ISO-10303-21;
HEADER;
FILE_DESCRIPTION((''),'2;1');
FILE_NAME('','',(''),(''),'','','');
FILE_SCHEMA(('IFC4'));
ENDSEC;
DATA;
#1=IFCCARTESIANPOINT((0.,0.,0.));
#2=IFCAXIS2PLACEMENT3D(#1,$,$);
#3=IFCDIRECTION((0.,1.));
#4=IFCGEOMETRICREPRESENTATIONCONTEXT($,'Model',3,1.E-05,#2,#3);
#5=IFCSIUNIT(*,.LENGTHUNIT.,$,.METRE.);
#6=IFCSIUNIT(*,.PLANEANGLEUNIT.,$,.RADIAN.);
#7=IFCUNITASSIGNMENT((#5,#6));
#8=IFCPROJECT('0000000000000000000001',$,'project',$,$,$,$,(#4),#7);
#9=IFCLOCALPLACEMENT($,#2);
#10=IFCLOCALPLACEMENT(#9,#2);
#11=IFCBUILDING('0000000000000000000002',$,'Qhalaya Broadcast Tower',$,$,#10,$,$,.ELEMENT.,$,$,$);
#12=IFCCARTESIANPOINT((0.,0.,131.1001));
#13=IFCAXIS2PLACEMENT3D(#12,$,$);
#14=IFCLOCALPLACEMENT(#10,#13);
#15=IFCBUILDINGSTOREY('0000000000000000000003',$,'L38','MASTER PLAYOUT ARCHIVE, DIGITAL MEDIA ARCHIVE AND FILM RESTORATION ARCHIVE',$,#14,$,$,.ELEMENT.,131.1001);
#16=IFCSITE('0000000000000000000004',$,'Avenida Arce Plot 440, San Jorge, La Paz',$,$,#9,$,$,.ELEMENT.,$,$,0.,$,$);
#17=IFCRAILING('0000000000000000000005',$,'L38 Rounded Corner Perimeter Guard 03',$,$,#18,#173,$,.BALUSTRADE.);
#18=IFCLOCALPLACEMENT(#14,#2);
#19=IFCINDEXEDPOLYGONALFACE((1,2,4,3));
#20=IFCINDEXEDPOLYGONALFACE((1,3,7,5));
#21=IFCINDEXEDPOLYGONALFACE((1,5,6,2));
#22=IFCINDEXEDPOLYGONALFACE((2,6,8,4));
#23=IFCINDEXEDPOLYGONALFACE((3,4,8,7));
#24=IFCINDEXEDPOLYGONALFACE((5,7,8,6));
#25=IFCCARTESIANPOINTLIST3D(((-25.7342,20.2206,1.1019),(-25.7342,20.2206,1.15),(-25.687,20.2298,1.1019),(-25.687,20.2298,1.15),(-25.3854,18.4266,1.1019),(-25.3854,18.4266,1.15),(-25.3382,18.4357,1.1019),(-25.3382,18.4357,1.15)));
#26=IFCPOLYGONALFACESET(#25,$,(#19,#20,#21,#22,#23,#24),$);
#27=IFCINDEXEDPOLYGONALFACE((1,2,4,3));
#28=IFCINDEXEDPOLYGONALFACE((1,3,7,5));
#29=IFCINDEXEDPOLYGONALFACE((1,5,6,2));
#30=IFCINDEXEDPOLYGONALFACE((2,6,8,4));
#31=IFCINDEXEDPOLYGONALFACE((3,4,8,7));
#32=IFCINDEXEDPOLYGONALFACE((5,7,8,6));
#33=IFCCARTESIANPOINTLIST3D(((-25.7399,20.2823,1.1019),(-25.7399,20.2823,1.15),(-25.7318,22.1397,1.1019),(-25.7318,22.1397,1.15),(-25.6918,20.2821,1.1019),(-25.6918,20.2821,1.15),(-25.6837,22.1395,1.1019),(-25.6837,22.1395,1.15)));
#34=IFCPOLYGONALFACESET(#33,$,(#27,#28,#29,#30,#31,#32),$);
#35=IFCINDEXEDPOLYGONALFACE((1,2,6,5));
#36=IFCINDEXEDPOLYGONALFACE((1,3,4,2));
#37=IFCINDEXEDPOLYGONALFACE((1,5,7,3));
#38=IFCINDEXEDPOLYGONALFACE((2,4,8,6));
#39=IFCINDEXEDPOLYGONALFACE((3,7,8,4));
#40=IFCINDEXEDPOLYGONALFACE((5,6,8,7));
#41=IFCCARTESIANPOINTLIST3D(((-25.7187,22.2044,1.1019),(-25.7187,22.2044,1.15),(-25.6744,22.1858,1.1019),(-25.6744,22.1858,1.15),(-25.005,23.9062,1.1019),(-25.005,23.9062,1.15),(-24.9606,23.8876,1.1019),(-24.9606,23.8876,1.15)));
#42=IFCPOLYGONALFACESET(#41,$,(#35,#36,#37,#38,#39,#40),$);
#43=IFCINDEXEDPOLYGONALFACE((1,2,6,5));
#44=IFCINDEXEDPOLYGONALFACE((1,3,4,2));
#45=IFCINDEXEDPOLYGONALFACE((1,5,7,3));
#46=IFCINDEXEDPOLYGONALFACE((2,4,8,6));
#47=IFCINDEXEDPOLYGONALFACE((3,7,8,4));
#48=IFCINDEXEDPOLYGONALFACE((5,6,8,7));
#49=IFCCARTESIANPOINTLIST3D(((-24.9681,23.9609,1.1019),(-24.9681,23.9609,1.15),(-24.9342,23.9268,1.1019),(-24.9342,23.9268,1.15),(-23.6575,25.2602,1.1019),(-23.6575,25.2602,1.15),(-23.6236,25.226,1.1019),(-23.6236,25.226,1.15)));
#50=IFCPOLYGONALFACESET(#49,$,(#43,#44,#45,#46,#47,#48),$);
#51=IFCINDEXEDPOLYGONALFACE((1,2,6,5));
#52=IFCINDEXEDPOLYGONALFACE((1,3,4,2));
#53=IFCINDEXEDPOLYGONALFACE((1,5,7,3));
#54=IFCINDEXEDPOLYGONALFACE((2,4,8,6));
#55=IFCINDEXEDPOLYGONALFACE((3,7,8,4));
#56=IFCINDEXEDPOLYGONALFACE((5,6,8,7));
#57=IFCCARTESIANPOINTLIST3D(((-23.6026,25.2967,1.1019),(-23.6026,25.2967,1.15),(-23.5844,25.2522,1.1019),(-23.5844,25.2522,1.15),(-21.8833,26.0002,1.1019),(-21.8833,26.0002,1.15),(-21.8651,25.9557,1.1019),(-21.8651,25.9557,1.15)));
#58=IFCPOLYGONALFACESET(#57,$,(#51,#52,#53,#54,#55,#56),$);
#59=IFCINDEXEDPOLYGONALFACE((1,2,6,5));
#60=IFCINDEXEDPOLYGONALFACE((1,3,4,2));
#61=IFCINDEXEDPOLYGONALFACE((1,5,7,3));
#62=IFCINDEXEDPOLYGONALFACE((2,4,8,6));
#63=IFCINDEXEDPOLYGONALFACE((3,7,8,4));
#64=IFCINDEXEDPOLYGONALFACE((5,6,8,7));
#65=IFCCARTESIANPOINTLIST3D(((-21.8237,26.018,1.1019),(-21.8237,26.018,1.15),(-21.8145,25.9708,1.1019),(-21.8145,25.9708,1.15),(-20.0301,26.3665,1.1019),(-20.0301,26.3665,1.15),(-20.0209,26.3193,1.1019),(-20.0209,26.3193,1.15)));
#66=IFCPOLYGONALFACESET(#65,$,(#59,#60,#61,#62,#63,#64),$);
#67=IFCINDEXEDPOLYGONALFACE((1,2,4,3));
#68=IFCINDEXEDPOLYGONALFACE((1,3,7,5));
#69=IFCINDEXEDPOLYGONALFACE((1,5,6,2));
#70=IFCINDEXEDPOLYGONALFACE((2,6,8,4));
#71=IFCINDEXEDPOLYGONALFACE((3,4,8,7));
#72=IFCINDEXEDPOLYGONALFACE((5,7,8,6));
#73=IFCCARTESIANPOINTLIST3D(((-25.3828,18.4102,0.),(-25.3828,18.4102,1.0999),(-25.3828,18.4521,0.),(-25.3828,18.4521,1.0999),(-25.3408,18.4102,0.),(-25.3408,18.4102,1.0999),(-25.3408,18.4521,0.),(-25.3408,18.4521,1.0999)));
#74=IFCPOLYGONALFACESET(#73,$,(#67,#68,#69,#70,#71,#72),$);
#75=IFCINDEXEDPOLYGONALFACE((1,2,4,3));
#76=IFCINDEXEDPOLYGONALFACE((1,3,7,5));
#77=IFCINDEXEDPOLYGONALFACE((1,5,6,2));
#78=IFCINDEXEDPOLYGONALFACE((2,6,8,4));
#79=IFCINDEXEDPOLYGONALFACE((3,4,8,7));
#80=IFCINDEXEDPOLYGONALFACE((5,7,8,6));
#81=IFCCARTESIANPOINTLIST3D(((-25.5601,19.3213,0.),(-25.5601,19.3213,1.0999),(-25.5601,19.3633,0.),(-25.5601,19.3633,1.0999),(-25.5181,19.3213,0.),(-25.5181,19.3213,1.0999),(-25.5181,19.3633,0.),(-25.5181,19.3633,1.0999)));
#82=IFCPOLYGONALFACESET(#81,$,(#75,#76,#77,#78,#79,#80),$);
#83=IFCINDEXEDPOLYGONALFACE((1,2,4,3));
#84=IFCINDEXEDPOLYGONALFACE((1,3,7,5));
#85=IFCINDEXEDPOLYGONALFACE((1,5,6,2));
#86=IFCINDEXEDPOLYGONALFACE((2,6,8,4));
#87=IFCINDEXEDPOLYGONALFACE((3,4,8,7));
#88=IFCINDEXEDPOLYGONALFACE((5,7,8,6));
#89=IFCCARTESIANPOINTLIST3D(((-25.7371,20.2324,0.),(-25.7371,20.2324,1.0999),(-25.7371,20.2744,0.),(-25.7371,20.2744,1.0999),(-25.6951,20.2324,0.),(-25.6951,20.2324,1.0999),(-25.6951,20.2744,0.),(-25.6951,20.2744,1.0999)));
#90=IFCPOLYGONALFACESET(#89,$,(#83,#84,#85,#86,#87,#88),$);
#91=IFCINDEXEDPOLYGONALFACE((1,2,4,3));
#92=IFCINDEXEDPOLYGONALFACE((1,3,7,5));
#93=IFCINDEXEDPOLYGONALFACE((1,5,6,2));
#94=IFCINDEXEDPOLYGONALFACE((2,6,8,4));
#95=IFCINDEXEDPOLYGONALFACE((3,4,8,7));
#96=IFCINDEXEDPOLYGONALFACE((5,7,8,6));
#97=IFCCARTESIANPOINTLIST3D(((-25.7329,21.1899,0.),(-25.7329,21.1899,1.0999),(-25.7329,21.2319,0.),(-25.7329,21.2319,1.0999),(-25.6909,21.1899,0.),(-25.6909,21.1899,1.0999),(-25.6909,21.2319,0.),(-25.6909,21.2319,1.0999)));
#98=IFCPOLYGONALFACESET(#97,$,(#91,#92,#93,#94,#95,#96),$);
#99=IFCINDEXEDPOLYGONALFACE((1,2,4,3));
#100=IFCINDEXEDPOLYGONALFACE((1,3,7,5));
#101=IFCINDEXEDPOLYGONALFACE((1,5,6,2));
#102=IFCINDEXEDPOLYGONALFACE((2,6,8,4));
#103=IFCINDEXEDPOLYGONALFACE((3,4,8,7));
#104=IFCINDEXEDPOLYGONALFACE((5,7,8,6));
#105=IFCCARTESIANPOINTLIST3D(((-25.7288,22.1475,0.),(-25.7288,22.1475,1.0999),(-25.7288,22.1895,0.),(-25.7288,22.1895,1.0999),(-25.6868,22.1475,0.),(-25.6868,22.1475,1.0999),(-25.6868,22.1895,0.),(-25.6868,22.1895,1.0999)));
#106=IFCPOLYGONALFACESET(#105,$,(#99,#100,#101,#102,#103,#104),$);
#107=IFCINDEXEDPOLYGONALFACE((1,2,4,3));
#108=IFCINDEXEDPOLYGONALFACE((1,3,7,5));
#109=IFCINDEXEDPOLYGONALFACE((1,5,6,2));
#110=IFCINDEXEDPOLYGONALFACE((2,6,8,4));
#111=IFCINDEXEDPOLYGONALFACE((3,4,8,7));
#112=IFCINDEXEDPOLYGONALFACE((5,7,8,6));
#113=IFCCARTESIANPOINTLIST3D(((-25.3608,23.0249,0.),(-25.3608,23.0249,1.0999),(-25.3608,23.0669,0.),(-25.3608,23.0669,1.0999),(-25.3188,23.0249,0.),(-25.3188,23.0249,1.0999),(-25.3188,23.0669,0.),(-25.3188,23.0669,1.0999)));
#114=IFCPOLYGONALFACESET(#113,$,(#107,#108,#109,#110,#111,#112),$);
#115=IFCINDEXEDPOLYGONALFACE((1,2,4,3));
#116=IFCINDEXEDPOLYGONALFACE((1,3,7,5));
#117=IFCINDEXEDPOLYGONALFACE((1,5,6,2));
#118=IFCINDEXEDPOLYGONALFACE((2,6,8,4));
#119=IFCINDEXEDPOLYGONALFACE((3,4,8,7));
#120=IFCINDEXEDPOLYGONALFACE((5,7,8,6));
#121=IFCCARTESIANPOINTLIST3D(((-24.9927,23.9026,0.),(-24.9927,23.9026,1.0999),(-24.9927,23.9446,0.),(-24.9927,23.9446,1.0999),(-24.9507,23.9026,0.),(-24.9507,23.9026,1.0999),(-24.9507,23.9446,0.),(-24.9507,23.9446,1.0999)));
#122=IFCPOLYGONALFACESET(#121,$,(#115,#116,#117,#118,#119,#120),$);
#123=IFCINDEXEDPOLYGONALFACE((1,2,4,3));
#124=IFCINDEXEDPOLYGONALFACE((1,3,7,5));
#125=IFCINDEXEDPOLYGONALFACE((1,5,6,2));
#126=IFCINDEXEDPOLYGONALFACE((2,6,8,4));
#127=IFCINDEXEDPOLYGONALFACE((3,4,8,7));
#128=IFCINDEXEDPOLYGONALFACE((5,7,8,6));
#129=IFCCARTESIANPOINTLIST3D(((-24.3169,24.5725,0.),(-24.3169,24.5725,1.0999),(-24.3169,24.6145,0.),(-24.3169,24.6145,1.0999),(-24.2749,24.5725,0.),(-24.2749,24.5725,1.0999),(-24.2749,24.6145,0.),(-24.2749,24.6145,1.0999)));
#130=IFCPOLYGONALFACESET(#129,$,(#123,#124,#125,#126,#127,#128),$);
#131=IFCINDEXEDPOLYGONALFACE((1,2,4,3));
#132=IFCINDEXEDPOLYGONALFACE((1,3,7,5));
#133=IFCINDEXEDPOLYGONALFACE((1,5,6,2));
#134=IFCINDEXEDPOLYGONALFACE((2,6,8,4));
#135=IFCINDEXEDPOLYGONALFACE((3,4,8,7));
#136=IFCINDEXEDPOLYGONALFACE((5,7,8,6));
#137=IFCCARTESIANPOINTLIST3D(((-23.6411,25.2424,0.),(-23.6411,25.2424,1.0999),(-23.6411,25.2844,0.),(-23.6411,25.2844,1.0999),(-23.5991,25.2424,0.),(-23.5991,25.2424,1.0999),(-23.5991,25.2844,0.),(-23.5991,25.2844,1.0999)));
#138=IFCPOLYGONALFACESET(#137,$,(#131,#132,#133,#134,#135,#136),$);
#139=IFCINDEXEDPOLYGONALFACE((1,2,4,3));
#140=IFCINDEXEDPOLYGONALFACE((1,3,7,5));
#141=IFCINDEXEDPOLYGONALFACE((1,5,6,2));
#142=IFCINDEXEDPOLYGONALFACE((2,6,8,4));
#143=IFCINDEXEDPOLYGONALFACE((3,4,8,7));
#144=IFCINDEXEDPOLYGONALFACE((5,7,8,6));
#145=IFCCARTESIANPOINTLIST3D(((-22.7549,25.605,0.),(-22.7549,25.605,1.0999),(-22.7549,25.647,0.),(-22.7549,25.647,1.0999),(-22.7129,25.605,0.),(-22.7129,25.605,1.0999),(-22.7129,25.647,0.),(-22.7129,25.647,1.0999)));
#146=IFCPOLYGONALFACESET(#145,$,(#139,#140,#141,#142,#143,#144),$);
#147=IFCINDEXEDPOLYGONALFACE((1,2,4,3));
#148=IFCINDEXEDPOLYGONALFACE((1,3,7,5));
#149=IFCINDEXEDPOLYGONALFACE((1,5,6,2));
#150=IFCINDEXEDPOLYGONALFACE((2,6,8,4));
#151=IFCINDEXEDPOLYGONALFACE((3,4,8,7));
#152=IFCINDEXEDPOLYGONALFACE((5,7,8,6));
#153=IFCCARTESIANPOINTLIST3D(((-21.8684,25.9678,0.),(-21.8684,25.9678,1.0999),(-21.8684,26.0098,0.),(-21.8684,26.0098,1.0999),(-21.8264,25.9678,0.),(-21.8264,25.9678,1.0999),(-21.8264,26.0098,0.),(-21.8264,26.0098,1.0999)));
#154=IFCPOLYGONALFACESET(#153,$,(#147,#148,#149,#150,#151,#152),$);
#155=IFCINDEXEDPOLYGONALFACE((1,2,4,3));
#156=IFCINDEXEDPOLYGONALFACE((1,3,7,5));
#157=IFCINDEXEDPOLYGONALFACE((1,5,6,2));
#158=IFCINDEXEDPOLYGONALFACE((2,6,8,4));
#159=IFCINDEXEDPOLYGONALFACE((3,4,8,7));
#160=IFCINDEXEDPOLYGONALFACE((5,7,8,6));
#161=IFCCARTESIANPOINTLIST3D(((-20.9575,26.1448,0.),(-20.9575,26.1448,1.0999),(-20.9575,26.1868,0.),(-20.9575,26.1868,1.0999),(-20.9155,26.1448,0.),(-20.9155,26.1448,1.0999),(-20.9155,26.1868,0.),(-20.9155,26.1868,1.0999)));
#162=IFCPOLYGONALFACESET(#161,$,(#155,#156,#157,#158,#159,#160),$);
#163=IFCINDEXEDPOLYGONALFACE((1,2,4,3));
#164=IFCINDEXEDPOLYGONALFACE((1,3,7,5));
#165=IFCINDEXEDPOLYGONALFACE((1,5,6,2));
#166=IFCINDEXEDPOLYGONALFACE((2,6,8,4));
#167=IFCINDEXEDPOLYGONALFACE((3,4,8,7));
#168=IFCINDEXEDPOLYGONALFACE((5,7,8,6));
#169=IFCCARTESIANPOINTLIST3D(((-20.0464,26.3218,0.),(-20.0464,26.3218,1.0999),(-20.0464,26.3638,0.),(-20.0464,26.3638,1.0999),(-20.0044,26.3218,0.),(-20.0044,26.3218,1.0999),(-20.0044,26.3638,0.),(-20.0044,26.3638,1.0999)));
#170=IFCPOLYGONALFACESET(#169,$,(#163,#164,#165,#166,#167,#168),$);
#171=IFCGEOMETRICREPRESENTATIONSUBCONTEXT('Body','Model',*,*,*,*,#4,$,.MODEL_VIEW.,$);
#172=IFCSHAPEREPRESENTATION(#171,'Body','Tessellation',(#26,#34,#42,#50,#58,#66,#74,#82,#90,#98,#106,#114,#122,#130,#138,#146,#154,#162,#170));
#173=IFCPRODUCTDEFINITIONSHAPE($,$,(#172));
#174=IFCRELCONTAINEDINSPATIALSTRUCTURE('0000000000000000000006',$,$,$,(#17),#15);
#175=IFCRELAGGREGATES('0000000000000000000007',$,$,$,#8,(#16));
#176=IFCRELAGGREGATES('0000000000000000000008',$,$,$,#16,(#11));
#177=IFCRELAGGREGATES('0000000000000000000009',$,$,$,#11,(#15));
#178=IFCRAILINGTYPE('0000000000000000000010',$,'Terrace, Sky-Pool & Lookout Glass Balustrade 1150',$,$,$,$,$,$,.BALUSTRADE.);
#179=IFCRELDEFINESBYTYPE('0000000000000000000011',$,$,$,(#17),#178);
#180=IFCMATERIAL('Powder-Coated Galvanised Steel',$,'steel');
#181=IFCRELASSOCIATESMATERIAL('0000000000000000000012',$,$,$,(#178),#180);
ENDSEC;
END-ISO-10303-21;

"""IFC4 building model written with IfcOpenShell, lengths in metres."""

from ifc_helpers import new_model, si_unit, direction, frame, origin, origin_2d, place, context, subcontext, project, spatial, rectangle, extrude, material, type_object, element, save


model = new_model("IFC4")

# Units and contexts
model_context = context("Model", 3, precision=1e-05, world=origin(), true_north=direction((0.0, 1.0)))
body_context = subcontext(model_context, "Body", "Model", "MODEL_VIEW")
ifc_project = project(units=[si_unit("LENGTHUNIT", "METRE"), si_unit("PLANEANGLEUNIT", "RADIAN")], contexts=[model_context])

# Site, building, storey
site_placement = place(None, origin())
site = spatial("IfcSite", under=ifc_project, at=site_placement, Name="Avenida Arce Plot 440, San Jorge, La Paz", CompositionType="ELEMENT", RefElevation=0.0)
building_placement = place(site_placement, origin())
building = spatial("IfcBuilding", under=site, at=building_placement, Name="Qhalaya Broadcast Tower", CompositionType="ELEMENT")
storey_placement = place(building_placement, frame((0.0, 0.0, 131.1001)))
storey = spatial("IfcBuildingStorey", under=building, at=storey_placement, Name="L38", Description="MASTER PLAYOUT ARCHIVE, DIGITAL MEDIA ARCHIVE AND FILM RESTORATION ARCHIVE", CompositionType="ELEMENT", Elevation=131.1001)

# Railing
ifc_material_1 = material(Name="Powder-Coated Galvanised Steel", Category="steel")
railing_type = type_object("IfcRailingType", Name="Terrace, Sky-Pool & Lookout Glass Balustrade 1150", PredefinedType="BALUSTRADE", material=ifc_material_1)
railing_placement = place(storey_placement, frame((-25.3618, 18.4312, 0.0)))
element("IfcRailing", 1, at=railing_placement, inside=storey, type_object=railing_type, Name="L38 Rounded Corner Perimeter Guard 03", PredefinedType="BALUSTRADE", context=body_context, shape_type="SweptSolid", body=[
    extrude(rectangle(XDim=0.0481, YDim=0.0481, at=origin_2d()), frame((0.0, 0.0, 1.126), z_axis=(-0.190827, 0.981624, 0.0), x_axis=(-0.981624, -0.190827, 0.0)), (0.0, 0.0, 1.0), 1.8276),
    extrude(rectangle(XDim=0.0481, YDim=0.0481, at=origin_2d()), frame((-0.354, 1.8511, 1.126), z_axis=(0.004334, 0.999991, 0.0), x_axis=(-0.999991, 0.004334, 0.0)), (0.0, 0.0, 1.0), 1.8574),
    extrude(rectangle(XDim=0.0481, YDim=0.0481, at=origin_2d()), frame((-0.3347, 3.7639, 1.126), z_axis=(0.386755, 0.922183, 0.0), x_axis=(-0.922183, 0.386755, 0.0)), (0.0, 0.0, 1.0), 1.8455),
    extrude(rectangle(XDim=0.0481, YDim=0.0481, at=origin_2d()), frame((0.4106, 5.5127, 1.126), z_axis=(0.710179, 0.704021, 0.0), x_axis=(-0.704021, 0.710179, 0.0)), (0.0, 0.0, 1.0), 1.8455),
    extrude(rectangle(XDim=0.0481, YDim=0.0481, at=origin_2d()), frame((1.7683, 6.8433, 1.126), z_axis=(0.925521, 0.378697, 0.0), x_axis=(-0.378697, 0.925521, 0.0)), (0.0, 0.0, 1.0), 1.8577),
    extrude(rectangle(XDim=0.0481, YDim=0.0481, at=origin_2d()), frame((3.5427, 7.5632, 1.126), z_axis=(0.981643, 0.190725, 0.0), x_axis=(-0.190725, 0.981643, 0.0)), (0.0, 0.0, 1.0), 1.8271),
    extrude(rectangle(XDim=0.042, YDim=0.042, at=origin_2d()), origin(), (0.0, 0.0, 1.0), 1.0999),
    extrude(rectangle(XDim=0.042, YDim=0.042, at=origin_2d()), frame((-0.1772, 0.9111, 0.0)), (0.0, 0.0, 1.0), 1.0999),
    extrude(rectangle(XDim=0.042, YDim=0.042, at=origin_2d()), frame((-0.3542, 1.8223, 0.0)), (0.0, 0.0, 1.0), 1.0999),
    extrude(rectangle(XDim=0.042, YDim=0.042, at=origin_2d()), frame((-0.3501, 2.7798, 0.0)), (0.0, 0.0, 1.0), 1.0999),
    extrude(rectangle(XDim=0.042, YDim=0.042, at=origin_2d()), frame((-0.3459, 3.7373, 0.0)), (0.0, 0.0, 1.0), 1.0999),
    extrude(rectangle(XDim=0.042, YDim=0.042, at=origin_2d()), frame((0.022, 4.6147, 0.0)), (0.0, 0.0, 1.0), 1.0999),
    extrude(rectangle(XDim=0.042, YDim=0.042, at=origin_2d()), frame((0.3901, 5.4924, 0.0)), (0.0, 0.0, 1.0), 1.0999),
    extrude(rectangle(XDim=0.042, YDim=0.042, at=origin_2d()), frame((1.0659, 6.1624, 0.0)), (0.0, 0.0, 1.0), 1.0999),
    extrude(rectangle(XDim=0.042, YDim=0.042, at=origin_2d()), frame((1.7417, 6.8323, 0.0)), (0.0, 0.0, 1.0), 1.0999),
    extrude(rectangle(XDim=0.042, YDim=0.042, at=origin_2d()), frame((2.6279, 7.1948, 0.0)), (0.0, 0.0, 1.0), 1.0999),
    extrude(rectangle(XDim=0.042, YDim=0.042, at=origin_2d()), frame((3.5144, 7.5576, 0.0)), (0.0, 0.0, 1.0), 1.0999),
    extrude(rectangle(XDim=0.042, YDim=0.042, at=origin_2d()), frame((4.4253, 7.7346, 0.0)), (0.0, 0.0, 1.0), 1.0999),
    extrude(rectangle(XDim=0.042, YDim=0.042, at=origin_2d()), frame((5.3364, 7.9116, 0.0)), (0.0, 0.0, 1.0), 1.0999),
])

save(model, "model.ifc")
